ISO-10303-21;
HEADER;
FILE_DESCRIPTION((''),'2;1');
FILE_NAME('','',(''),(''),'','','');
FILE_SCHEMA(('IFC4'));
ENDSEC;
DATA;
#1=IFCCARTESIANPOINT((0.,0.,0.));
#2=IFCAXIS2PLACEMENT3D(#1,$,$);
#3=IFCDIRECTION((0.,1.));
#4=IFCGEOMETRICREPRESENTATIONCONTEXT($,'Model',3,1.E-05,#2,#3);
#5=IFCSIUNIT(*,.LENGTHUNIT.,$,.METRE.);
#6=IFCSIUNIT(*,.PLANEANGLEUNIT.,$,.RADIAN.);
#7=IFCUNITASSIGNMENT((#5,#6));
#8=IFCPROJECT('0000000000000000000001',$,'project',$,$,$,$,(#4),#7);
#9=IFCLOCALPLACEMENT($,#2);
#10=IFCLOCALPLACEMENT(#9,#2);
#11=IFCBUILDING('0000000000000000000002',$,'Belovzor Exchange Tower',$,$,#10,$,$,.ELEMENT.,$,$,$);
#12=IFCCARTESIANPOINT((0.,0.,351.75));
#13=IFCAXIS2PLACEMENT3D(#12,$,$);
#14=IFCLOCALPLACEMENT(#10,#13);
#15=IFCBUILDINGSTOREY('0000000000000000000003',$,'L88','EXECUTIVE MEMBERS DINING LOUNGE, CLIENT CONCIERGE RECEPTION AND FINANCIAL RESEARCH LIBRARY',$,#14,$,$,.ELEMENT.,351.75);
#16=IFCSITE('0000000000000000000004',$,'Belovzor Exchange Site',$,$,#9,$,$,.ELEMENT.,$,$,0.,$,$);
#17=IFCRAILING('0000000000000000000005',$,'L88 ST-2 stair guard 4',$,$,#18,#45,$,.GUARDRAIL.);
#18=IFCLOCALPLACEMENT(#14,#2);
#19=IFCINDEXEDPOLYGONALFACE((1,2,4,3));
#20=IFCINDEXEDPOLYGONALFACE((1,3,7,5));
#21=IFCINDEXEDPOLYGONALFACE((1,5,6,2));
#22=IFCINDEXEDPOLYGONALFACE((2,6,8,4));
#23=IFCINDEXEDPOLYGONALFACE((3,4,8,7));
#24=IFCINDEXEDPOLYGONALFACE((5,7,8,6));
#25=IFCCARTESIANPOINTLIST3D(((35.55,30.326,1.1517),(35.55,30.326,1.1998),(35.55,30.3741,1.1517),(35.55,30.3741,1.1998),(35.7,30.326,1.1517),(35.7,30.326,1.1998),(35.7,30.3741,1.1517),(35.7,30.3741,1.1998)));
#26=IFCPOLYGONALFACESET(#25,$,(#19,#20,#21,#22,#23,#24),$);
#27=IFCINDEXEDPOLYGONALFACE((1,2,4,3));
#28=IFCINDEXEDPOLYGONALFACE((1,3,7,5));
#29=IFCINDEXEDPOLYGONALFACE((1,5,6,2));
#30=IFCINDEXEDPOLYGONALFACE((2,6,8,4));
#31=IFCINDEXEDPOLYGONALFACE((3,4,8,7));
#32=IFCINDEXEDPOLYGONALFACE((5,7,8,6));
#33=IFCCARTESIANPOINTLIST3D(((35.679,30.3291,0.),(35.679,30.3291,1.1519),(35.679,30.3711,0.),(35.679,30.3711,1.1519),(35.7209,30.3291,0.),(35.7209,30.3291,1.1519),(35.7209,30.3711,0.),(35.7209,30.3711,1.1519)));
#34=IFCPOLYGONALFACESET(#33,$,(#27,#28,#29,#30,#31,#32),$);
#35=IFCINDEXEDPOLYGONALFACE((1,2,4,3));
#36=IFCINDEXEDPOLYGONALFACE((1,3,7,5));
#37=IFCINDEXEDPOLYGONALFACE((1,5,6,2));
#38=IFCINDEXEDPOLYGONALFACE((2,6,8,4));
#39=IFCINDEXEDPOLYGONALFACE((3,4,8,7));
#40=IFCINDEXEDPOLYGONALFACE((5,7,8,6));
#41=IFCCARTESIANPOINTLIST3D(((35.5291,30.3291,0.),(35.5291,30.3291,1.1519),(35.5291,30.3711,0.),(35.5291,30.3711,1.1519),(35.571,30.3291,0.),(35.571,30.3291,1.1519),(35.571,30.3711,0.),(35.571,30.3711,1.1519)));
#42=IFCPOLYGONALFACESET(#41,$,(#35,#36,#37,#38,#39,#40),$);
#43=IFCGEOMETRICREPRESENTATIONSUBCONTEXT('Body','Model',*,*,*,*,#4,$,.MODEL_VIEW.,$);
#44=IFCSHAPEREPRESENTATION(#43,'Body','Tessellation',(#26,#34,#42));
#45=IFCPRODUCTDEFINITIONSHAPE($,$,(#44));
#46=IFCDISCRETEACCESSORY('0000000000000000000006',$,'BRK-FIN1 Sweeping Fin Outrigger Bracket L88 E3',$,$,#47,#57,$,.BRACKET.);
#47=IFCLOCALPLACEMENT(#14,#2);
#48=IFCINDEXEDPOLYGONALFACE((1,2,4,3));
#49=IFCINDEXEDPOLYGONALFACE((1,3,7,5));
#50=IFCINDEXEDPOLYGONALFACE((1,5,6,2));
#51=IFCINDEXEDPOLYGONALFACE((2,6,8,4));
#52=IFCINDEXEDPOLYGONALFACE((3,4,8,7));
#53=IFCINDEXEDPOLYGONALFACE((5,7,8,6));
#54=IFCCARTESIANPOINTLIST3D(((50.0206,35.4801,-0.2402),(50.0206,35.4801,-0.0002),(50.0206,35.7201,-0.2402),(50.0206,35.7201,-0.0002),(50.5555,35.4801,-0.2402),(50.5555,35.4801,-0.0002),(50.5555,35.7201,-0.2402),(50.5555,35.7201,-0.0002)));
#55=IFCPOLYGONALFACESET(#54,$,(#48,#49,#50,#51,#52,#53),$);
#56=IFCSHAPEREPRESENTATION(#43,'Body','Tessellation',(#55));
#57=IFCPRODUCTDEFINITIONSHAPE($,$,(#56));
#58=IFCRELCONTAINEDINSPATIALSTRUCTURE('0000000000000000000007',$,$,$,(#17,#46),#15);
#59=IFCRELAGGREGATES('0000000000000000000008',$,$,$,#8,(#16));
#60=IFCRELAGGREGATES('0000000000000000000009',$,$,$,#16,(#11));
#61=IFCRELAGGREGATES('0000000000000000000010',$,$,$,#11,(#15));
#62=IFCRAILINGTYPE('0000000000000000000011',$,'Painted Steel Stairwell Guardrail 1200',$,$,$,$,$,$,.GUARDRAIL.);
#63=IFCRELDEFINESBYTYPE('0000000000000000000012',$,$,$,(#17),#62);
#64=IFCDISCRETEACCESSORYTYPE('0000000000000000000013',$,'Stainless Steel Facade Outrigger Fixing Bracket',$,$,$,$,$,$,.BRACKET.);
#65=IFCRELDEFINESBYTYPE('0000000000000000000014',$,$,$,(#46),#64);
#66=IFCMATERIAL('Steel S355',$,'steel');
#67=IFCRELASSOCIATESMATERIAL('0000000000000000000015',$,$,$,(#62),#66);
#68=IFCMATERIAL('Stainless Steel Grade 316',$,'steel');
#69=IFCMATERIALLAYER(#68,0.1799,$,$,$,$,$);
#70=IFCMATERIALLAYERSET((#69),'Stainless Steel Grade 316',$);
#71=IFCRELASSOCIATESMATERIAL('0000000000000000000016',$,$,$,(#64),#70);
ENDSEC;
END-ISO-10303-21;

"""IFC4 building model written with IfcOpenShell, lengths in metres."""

from ifc_helpers import new_model, si_unit, direction, frame, origin, origin_2d, place, context, subcontext, project, spatial, rectangle, extrude, material, layer, layer_set, type_object, element, save


model = new_model("IFC4")

# Units and contexts
model_context = context("Model", 3, precision=1e-05, world=origin(), true_north=direction((0.0, 1.0)))
body_context = subcontext(model_context, "Body", "Model", "MODEL_VIEW")
ifc_project = project(units=[si_unit("LENGTHUNIT", "METRE"), si_unit("PLANEANGLEUNIT", "RADIAN")], contexts=[model_context])

# Site, building, storey
site_placement = place(None, origin())
site = spatial("IfcSite", under=ifc_project, at=site_placement, Name="Belovzor Exchange Site", CompositionType="ELEMENT", RefElevation=0.0)
building_placement = place(site_placement, origin())
building = spatial("IfcBuilding", under=site, at=building_placement, Name="Belovzor Exchange Tower", CompositionType="ELEMENT")
storey_placement = place(building_placement, frame((0.0, 0.0, 351.75)))
storey = spatial("IfcBuildingStorey", under=building, at=storey_placement, Name="L88", Description="EXECUTIVE MEMBERS DINING LOUNGE, CLIENT CONCIERGE RECEPTION AND FINANCIAL RESEARCH LIBRARY", CompositionType="ELEMENT", Elevation=351.75)

# Railing
ifc_material_1 = material(Name="Steel S355", Category="steel")
railing_type_1 = type_object("IfcRailingType", Name="Painted Steel Stairwell Guardrail 1200", PredefinedType="GUARDRAIL", material=ifc_material_1)
for number, where, name in (
    (1, (35.7, 30.3501, 0.0), "L88 ST-2 stair guard 4"),
):
    element("IfcRailing", number, at=place(storey_placement, frame(where)), inside=storey, type_object=railing_type_1, Name=name, PredefinedType="GUARDRAIL", context=body_context, shape_type="SweptSolid", body=[
        extrude(rectangle(XDim=0.0481, YDim=0.0481, at=origin_2d()), frame((0.0, 0.0, 1.1758), z_axis=(-1.0, 0.0, 0.0), x_axis=(0.0, -1.0, 0.0)), (0.0, 0.0, 1.0), 0.1499),
        extrude(rectangle(XDim=0.042, YDim=0.042, at=origin_2d()), origin(), (0.0, 0.0, 1.0), 1.1519),
        extrude(rectangle(XDim=0.042, YDim=0.042, at=origin_2d()), frame((-0.1499, 0.0, 0.0)), (0.0, 0.0, 1.0), 1.1519),
    ])

# Discrete accessory
ifc_material_2 = material(Name="Stainless Steel Grade 316", Category="steel")
ifc_layer_1 = layer(ifc_material_2, 0.1799)
ifc_layer_set_1 = layer_set([ifc_layer_1], Name="Stainless Steel Grade 316")
discrete_accessory_type = type_object("IfcDiscreteAccessoryType", Name="Stainless Steel Facade Outrigger Fixing Bracket", PredefinedType="BRACKET", material=ifc_layer_set_1)
discrete_accessory_placement = place(storey_placement, frame((50.2881, 35.6001, -0.2402), z_axis=(0.0, 0.0, 1.0), x_axis=(1.0, 0.0, 0.0)))
element("IfcDiscreteAccessory", 2, at=discrete_accessory_placement, inside=storey, type_object=discrete_accessory_type, Name="BRK-FIN1 Sweeping Fin Outrigger Bracket L88 E3", PredefinedType="BRACKET", context=body_context, shape_type="SweptSolid", body=[
    extrude(rectangle(XDim=0.5349, YDim=0.24, at=origin_2d()), origin(), (0.0, 0.0, 1.0), 0.24),
])

save(model, "model.ifc")
